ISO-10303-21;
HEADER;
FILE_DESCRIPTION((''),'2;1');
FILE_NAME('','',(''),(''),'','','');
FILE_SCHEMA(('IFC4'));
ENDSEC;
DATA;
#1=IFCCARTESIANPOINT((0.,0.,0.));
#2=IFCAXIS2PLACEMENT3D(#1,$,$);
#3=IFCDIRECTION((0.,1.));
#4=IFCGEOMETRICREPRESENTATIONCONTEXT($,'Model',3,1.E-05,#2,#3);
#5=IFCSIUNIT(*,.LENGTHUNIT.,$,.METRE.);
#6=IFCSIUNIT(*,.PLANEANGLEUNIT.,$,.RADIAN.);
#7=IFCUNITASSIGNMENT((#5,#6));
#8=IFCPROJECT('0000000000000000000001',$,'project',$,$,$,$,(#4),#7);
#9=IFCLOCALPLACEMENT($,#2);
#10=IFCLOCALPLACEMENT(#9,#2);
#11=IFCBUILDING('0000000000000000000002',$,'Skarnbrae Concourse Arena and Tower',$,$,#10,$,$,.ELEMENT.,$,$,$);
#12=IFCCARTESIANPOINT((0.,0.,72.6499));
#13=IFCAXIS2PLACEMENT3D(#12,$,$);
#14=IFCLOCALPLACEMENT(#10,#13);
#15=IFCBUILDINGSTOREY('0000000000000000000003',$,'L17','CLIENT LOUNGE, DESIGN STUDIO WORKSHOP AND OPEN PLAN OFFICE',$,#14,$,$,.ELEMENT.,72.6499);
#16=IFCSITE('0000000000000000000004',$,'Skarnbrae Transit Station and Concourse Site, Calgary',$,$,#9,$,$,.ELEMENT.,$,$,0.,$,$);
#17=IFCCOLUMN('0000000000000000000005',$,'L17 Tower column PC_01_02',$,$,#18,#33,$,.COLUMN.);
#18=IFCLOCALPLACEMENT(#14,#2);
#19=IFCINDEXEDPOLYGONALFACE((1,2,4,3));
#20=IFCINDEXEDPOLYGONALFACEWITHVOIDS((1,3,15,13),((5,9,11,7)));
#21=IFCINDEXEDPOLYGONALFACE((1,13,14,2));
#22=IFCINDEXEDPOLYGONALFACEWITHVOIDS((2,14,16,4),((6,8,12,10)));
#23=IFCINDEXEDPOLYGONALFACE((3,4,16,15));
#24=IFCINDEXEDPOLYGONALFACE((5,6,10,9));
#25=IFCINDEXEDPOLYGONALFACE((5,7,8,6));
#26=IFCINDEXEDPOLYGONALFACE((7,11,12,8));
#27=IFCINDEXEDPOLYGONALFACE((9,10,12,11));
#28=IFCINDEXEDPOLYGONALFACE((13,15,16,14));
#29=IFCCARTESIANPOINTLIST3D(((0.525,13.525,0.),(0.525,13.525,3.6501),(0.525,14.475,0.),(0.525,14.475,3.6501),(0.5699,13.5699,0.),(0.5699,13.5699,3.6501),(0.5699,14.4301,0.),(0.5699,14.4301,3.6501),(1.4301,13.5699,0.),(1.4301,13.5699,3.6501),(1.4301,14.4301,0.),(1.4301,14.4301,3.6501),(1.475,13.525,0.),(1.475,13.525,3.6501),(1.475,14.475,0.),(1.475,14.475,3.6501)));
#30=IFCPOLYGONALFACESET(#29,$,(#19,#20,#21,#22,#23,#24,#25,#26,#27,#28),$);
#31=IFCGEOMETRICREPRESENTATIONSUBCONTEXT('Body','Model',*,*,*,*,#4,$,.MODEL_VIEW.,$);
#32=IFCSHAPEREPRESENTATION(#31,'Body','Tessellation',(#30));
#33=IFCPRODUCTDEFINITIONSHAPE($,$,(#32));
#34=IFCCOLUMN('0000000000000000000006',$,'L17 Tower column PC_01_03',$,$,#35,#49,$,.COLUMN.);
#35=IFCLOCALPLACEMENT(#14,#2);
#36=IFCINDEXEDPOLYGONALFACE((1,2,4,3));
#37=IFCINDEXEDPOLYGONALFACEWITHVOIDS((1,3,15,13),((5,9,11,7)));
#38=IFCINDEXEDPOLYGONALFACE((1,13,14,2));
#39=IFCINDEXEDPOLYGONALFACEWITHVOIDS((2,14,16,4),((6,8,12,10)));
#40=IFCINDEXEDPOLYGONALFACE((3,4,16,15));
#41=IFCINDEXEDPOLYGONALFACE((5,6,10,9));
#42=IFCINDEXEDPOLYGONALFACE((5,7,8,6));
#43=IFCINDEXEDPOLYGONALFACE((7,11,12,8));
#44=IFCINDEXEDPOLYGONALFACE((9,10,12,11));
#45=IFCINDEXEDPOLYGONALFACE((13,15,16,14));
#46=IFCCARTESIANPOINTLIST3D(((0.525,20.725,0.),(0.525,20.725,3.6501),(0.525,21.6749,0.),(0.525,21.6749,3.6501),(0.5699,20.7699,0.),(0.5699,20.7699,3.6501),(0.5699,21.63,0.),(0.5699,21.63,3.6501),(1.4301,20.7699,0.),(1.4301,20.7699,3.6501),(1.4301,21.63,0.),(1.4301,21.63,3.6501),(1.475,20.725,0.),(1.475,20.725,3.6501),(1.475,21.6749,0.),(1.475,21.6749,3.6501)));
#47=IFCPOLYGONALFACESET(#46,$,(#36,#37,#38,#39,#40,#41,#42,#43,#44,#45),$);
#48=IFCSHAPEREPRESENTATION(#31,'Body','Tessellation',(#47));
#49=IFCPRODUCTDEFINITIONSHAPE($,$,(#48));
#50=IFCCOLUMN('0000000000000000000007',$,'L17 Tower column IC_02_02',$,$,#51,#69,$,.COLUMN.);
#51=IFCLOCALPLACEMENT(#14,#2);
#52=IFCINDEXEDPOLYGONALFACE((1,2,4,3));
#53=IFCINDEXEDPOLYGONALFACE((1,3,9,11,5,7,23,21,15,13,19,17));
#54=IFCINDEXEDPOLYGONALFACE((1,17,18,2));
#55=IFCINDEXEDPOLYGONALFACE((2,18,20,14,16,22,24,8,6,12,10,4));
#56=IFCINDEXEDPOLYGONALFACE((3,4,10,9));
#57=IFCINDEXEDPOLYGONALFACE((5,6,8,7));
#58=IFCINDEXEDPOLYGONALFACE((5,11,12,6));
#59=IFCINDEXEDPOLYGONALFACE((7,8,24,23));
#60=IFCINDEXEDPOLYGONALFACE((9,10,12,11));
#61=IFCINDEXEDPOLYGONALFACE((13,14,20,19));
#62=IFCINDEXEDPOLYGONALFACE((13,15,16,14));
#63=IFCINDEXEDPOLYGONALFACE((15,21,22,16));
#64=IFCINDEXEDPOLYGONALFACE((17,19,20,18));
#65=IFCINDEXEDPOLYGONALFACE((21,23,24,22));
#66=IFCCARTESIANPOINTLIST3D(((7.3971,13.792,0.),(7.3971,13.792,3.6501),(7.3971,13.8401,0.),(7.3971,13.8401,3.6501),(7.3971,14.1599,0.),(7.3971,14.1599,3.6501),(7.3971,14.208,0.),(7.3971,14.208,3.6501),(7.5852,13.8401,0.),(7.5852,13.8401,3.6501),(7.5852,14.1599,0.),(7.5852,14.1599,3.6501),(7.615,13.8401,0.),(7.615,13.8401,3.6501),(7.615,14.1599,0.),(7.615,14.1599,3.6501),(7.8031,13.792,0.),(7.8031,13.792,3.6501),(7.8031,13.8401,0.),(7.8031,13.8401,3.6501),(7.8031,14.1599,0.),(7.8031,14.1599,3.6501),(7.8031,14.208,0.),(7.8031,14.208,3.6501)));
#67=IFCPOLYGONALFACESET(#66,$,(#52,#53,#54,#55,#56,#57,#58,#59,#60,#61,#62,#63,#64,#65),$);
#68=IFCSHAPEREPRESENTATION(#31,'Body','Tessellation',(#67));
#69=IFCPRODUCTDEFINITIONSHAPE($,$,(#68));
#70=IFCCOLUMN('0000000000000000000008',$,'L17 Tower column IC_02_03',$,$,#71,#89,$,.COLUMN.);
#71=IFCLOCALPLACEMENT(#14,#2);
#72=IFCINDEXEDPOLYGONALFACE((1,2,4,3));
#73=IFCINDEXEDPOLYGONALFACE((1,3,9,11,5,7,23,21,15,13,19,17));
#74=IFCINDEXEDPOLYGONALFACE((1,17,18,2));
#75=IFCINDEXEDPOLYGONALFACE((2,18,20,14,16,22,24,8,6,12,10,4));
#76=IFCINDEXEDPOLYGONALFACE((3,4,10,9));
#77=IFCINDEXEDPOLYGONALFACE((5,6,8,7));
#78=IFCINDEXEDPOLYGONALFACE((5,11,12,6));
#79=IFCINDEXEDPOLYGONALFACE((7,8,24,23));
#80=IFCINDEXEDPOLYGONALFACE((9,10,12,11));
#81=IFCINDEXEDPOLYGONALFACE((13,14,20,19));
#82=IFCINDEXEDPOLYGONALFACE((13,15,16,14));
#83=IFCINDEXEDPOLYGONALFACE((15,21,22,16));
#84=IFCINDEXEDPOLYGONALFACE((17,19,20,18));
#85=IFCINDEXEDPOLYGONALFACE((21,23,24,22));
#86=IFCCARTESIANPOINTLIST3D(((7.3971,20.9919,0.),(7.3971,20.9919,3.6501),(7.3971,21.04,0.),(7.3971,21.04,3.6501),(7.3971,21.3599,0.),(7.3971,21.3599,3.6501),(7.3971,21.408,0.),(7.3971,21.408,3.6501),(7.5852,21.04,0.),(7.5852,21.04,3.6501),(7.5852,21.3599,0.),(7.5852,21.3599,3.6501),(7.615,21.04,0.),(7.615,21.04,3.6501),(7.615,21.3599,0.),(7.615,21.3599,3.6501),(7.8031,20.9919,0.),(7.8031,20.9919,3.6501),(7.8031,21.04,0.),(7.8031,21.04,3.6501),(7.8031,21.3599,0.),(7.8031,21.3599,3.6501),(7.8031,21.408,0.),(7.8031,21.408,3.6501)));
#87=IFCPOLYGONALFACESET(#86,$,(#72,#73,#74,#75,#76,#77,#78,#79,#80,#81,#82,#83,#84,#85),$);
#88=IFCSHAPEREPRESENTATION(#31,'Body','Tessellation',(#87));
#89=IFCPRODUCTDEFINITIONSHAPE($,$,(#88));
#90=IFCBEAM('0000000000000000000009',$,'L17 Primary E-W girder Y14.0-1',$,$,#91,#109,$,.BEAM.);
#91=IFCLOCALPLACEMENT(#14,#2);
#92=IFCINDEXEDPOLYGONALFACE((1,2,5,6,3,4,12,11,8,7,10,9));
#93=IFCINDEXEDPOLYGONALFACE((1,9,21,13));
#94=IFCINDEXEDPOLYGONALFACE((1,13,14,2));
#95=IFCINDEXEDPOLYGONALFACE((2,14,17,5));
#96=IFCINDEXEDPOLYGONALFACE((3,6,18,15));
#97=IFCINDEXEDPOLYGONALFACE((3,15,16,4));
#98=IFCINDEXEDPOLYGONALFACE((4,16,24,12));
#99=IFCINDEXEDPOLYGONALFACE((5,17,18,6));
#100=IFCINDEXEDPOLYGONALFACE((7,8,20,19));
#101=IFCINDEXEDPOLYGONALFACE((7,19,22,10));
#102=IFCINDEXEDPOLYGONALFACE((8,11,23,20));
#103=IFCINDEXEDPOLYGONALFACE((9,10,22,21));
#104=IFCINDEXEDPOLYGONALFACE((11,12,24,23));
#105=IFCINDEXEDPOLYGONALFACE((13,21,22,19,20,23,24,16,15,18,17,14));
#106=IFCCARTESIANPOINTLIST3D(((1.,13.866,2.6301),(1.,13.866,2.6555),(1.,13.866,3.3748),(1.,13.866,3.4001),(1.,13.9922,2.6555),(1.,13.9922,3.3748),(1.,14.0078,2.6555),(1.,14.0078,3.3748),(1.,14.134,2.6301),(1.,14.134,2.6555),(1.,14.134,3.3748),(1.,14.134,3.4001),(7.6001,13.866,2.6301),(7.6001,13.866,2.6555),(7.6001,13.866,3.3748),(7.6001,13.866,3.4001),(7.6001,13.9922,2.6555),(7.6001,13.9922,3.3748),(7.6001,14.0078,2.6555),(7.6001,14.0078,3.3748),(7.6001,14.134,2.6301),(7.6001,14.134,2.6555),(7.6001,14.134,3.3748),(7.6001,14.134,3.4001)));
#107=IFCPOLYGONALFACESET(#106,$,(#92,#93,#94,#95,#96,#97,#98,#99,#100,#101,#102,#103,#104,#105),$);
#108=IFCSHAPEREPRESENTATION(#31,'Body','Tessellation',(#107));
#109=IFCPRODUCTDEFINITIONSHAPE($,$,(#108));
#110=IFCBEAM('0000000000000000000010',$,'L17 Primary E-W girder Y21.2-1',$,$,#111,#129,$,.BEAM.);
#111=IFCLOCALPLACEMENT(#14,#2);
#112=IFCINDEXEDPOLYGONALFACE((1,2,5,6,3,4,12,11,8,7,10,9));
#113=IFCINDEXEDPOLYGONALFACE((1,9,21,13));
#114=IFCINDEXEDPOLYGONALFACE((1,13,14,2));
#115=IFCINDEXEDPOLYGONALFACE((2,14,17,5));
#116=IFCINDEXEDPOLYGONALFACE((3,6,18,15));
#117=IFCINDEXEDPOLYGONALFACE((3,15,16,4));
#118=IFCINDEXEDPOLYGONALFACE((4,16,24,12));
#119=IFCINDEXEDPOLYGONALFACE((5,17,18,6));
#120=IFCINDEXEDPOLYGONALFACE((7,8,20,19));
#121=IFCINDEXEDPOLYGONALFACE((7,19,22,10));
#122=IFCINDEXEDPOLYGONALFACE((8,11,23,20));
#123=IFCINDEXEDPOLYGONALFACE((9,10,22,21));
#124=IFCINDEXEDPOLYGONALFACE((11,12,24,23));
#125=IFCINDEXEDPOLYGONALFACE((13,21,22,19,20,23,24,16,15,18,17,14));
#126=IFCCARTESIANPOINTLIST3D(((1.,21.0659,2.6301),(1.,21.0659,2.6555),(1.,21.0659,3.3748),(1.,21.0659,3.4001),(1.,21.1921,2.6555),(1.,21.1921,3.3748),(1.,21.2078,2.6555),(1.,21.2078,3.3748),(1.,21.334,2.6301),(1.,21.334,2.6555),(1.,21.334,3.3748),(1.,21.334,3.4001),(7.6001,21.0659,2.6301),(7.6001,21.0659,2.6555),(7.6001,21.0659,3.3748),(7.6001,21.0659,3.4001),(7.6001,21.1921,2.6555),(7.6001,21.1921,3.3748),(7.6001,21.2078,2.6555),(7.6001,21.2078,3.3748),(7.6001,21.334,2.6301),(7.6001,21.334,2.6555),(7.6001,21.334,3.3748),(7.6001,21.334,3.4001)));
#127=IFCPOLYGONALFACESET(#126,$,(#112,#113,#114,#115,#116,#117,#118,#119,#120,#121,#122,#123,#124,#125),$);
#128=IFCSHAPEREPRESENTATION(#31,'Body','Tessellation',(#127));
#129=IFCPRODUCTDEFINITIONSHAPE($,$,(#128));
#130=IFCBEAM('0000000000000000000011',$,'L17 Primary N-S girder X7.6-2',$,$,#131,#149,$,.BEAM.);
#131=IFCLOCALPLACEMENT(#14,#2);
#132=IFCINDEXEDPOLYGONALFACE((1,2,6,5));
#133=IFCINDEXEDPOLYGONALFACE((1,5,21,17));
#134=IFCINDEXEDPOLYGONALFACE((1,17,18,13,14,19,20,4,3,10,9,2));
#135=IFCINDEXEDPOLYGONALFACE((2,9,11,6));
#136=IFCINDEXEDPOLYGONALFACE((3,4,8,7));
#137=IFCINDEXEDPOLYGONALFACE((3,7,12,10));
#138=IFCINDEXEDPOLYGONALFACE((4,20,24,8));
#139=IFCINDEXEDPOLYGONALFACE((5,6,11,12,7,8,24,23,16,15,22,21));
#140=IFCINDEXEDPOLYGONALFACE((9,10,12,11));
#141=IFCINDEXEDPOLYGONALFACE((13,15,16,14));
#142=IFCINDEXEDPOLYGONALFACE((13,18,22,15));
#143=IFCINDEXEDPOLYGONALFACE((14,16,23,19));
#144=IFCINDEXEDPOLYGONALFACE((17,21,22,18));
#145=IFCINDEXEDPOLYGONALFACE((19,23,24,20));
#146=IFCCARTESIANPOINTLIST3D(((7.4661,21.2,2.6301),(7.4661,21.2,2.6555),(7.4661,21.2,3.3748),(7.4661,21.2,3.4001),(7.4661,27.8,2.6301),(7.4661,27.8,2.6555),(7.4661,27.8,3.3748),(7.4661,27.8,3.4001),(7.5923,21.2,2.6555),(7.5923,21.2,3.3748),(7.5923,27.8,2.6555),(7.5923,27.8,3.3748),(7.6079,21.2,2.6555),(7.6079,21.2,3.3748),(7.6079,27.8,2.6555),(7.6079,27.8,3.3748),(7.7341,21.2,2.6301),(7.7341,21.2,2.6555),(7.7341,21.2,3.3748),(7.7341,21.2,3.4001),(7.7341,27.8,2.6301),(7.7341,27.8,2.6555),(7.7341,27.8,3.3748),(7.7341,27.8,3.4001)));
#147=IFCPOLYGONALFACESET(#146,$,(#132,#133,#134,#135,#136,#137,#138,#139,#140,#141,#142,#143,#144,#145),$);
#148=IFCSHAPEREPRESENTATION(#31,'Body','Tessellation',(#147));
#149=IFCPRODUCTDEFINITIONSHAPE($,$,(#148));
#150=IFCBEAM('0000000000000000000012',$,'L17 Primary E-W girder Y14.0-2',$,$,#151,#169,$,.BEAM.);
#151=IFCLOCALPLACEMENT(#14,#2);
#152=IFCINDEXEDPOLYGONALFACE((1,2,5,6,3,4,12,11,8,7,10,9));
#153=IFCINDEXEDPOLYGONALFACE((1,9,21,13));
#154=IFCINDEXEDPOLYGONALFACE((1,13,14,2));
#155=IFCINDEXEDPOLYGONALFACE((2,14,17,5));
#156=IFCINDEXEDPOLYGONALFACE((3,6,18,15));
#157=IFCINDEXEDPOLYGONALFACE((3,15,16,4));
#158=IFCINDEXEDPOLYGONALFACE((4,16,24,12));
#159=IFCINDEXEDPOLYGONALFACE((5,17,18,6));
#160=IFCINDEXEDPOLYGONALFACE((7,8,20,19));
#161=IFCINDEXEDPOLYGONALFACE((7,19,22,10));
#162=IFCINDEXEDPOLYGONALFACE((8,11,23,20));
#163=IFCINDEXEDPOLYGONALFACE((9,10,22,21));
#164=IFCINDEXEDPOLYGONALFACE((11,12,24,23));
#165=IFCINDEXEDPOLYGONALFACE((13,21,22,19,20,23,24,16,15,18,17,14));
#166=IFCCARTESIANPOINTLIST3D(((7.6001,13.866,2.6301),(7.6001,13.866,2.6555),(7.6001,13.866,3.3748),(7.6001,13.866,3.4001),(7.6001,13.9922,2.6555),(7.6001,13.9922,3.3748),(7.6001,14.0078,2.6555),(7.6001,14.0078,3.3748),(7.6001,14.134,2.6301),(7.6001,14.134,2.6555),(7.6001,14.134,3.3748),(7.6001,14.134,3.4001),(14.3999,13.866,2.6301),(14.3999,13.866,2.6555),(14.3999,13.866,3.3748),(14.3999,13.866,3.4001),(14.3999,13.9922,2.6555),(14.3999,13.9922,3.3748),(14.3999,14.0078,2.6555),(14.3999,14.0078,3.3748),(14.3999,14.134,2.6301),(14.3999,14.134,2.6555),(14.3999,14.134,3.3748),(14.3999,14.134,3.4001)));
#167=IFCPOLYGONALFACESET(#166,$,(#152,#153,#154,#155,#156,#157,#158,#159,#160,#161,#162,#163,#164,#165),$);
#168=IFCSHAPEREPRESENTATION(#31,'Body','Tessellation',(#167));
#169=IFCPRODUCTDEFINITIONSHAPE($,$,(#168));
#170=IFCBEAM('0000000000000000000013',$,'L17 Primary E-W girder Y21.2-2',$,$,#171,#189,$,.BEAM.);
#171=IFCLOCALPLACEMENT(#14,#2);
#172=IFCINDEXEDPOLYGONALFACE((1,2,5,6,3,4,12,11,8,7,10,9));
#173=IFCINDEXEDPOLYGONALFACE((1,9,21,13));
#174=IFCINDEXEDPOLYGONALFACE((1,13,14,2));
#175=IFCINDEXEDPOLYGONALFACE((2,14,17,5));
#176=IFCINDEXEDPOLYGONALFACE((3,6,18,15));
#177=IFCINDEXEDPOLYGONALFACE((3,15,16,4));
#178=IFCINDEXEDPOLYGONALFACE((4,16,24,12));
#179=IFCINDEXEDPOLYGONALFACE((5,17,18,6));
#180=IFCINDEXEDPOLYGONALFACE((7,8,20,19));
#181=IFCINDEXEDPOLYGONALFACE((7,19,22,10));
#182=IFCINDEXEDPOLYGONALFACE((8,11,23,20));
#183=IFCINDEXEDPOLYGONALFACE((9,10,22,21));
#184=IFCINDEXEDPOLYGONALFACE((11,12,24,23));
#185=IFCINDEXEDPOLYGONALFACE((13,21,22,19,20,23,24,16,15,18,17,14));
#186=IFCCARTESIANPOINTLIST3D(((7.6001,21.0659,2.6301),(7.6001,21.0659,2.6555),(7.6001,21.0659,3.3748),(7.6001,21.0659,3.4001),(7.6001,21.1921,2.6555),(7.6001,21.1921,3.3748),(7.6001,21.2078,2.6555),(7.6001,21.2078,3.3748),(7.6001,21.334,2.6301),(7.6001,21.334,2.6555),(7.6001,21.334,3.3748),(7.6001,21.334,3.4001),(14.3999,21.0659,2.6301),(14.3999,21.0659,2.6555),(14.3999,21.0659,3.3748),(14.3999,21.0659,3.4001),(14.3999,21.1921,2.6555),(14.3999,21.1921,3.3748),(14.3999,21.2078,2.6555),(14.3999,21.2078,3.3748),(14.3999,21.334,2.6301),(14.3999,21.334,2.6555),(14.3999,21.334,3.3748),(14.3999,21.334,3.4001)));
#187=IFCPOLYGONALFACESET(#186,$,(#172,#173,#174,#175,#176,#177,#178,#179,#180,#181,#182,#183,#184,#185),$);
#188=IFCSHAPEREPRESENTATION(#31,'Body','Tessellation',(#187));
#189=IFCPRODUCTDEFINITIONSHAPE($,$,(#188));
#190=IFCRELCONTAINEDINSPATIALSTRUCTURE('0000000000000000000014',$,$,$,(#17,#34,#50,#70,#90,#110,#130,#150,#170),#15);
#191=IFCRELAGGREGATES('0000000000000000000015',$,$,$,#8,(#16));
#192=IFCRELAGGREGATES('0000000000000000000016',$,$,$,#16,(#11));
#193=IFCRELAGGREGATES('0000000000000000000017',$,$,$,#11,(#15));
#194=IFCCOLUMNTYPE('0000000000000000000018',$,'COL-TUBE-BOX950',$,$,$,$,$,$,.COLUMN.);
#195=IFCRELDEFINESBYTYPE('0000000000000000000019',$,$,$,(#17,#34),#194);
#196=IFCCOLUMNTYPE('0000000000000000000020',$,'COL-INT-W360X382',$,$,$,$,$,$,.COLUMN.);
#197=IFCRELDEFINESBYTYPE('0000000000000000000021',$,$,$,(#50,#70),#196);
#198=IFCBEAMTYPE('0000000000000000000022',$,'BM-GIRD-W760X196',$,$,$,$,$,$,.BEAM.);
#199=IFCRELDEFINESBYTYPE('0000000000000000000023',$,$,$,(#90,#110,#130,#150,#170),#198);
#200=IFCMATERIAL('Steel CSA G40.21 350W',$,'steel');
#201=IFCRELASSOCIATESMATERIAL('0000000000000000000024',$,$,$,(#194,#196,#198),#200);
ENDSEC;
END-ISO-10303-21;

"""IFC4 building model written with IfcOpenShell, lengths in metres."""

from ifc_helpers import new_model, si_unit, direction, frame, origin, origin_2d, place, context, subcontext, project, spatial, hollow_rectangle, i_section, extrude, source, transform, mapped, material, material_profile, profile_set, type_object, element, save


model = new_model("IFC4")

# Units and contexts
model_context = context("Model", 3, precision=1e-05, world=origin(), true_north=direction((0.0, 1.0)))
body_context = subcontext(model_context, "Body", "Model", "MODEL_VIEW")
ifc_project = project(units=[si_unit("LENGTHUNIT", "METRE"), si_unit("PLANEANGLEUNIT", "RADIAN")], contexts=[model_context])

# Site, building, storey
site_placement = place(None, origin())
site = spatial("IfcSite", under=ifc_project, at=site_placement, Name="Skarnbrae Transit Station and Concourse Site, Calgary", CompositionType="ELEMENT", RefElevation=0.0)
building_placement = place(site_placement, origin())
building = spatial("IfcBuilding", under=site, at=building_placement, Name="Skarnbrae Concourse Arena and Tower", CompositionType="ELEMENT")
storey_placement = place(building_placement, frame((0.0, 0.0, 72.6499)))
storey = spatial("IfcBuildingStorey", under=building, at=storey_placement, Name="L17", Description="CLIENT LOUNGE, DESIGN STUDIO WORKSHOP AND OPEN PLAN OFFICE", CompositionType="ELEMENT", Elevation=72.6499)

# Columns
ifc_material_1 = material(Name="Steel CSA G40.21 350W", Category="steel")
ifc_material_profile_1 = material_profile(ifc_material_1, hollow_rectangle(XDim=0.95, YDim=0.95, WallThickness=0.0449, at=origin_2d()), Name="BOX950X950X45")
ifc_profile_set_1 = profile_set([ifc_material_profile_1], Name="Steel CSA G40.21 350W")
column_type_1 = type_object("IfcColumnType", Name="COL-TUBE-BOX950", PredefinedType="COLUMN", material=ifc_profile_set_1)
shared_shape_1 = source(origin(), body_context, "Body", "SweptSolid", [
    extrude(hollow_rectangle(XDim=0.95, YDim=0.95, WallThickness=0.0449, at=origin_2d()), origin(), (0.0, 0.0, 1.0), 3.6501),
])
for number, where, z_axis, x_axis, name in (
    (1, (1.0, 14.0, 0.0), (0.0, 0.0, 1.0), (1.0, 0.0, 0.0), "L17 Tower column PC_01_02"),
    (2, (1.0, 21.2, 0.0), (0.0, 0.0, 1.0), (1.0, 0.0, 0.0), "L17 Tower column PC_01_03"),
):
    element("IfcColumn", number, at=place(storey_placement, frame(where, z_axis=z_axis, x_axis=x_axis)), inside=storey, type_object=column_type_1, Name=name, PredefinedType="COLUMN", context=body_context, shape_type="MappedRepresentation", body=[
        mapped(shared_shape_1, transform((0.0, 0.0, 0.0))),
    ])
ifc_material_profile_2 = material_profile(ifc_material_1, i_section(OverallWidth=0.406, OverallDepth=0.416, WebThickness=0.0298, FlangeThickness=0.0481, at=origin_2d()), Name="W360X382")
ifc_profile_set_2 = profile_set([ifc_material_profile_2], Name="Steel CSA G40.21 350W")
column_type_2 = type_object("IfcColumnType", Name="COL-INT-W360X382", PredefinedType="COLUMN", material=ifc_profile_set_2)
shared_shape_2 = source(origin(), body_context, "Body", "SweptSolid", [
    extrude(i_section(OverallWidth=0.406, OverallDepth=0.416, WebThickness=0.0298, FlangeThickness=0.0481, at=origin_2d()), origin(), (0.0, 0.0, 1.0), 3.6501),
])
for number, where, z_axis, x_axis, name in (
    (3, (7.6001, 14.0, 0.0), (0.0, 0.0, 1.0), (1.0, 0.0, 0.0), "L17 Tower column IC_02_02"),
    (4, (7.6001, 21.2, 0.0), (0.0, 0.0, 1.0), (1.0, 0.0, 0.0), "L17 Tower column IC_02_03"),
):
    element("IfcColumn", number, at=place(storey_placement, frame(where, z_axis=z_axis, x_axis=x_axis)), inside=storey, type_object=column_type_2, Name=name, PredefinedType="COLUMN", context=body_context, shape_type="MappedRepresentation", body=[
        mapped(shared_shape_2, transform((0.0, 0.0, 0.0))),
    ])

# Beams
ifc_material_profile_3 = material_profile(ifc_material_1, i_section(OverallWidth=0.2681, OverallDepth=0.77, WebThickness=0.0156, FlangeThickness=0.0254, at=origin_2d()), Name="W760X196")
ifc_profile_set_3 = profile_set([ifc_material_profile_3], Name="Steel CSA G40.21 350W")
beam_type_1 = type_object("IfcBeamType", Name="BM-GIRD-W760X196", PredefinedType="BEAM", material=ifc_profile_set_3)
shared_shape_3 = source(origin(), body_context, "Body", "SweptSolid", [
    extrude(i_section(OverallWidth=0.2681, OverallDepth=0.77, WebThickness=0.0156, FlangeThickness=0.0254, at=origin_2d()), origin(), (0.0, 0.0, 1.0), 6.6001),
])
for number, where, z_axis, x_axis, name in (
    (5, (1.0, 14.0, 3.0151), (1.0, 0.0, 0.0), (0.0, 1.0, 0.0), "L17 Primary E-W girder Y14.0-1"),
    (6, (1.0, 21.2, 3.0151), (1.0, 0.0, 0.0), (0.0, 1.0, 0.0), "L17 Primary E-W girder Y21.2-1"),
    (7, (7.6001, 21.2, 3.0151), (0.0, 1.0, 0.0), (-1.0, 0.0, 0.0), "L17 Primary N-S girder X7.6-2"),
):
    element("IfcBeam", number, at=place(storey_placement, frame(where, z_axis=z_axis, x_axis=x_axis)), inside=storey, type_object=beam_type_1, Name=name, PredefinedType="BEAM", context=body_context, shape_type="MappedRepresentation", body=[
        mapped(shared_shape_3, transform((0.0, 0.0, 0.0))),
    ])
shared_shape_4 = source(origin(), body_context, "Body", "SweptSolid", [
    extrude(i_section(OverallWidth=0.2681, OverallDepth=0.77, WebThickness=0.0156, FlangeThickness=0.0254, at=origin_2d()), origin(), (0.0, 0.0, 1.0), 6.7998),
])
for number, where, z_axis, x_axis, name in (
    (8, (7.6001, 14.0, 3.0151), (1.0, 0.0, 0.0), (0.0, 1.0, 0.0), "L17 Primary E-W girder Y14.0-2"),
    (9, (7.6001, 21.2, 3.0151), (1.0, 0.0, 0.0), (0.0, 1.0, 0.0), "L17 Primary E-W girder Y21.2-2"),
):
    element("IfcBeam", number, at=place(storey_placement, frame(where, z_axis=z_axis, x_axis=x_axis)), inside=storey, type_object=beam_type_1, Name=name, PredefinedType="BEAM", context=body_context, shape_type="MappedRepresentation", body=[
        mapped(shared_shape_4, transform((0.0, 0.0, 0.0))),
    ])

save(model, "model.ifc")
